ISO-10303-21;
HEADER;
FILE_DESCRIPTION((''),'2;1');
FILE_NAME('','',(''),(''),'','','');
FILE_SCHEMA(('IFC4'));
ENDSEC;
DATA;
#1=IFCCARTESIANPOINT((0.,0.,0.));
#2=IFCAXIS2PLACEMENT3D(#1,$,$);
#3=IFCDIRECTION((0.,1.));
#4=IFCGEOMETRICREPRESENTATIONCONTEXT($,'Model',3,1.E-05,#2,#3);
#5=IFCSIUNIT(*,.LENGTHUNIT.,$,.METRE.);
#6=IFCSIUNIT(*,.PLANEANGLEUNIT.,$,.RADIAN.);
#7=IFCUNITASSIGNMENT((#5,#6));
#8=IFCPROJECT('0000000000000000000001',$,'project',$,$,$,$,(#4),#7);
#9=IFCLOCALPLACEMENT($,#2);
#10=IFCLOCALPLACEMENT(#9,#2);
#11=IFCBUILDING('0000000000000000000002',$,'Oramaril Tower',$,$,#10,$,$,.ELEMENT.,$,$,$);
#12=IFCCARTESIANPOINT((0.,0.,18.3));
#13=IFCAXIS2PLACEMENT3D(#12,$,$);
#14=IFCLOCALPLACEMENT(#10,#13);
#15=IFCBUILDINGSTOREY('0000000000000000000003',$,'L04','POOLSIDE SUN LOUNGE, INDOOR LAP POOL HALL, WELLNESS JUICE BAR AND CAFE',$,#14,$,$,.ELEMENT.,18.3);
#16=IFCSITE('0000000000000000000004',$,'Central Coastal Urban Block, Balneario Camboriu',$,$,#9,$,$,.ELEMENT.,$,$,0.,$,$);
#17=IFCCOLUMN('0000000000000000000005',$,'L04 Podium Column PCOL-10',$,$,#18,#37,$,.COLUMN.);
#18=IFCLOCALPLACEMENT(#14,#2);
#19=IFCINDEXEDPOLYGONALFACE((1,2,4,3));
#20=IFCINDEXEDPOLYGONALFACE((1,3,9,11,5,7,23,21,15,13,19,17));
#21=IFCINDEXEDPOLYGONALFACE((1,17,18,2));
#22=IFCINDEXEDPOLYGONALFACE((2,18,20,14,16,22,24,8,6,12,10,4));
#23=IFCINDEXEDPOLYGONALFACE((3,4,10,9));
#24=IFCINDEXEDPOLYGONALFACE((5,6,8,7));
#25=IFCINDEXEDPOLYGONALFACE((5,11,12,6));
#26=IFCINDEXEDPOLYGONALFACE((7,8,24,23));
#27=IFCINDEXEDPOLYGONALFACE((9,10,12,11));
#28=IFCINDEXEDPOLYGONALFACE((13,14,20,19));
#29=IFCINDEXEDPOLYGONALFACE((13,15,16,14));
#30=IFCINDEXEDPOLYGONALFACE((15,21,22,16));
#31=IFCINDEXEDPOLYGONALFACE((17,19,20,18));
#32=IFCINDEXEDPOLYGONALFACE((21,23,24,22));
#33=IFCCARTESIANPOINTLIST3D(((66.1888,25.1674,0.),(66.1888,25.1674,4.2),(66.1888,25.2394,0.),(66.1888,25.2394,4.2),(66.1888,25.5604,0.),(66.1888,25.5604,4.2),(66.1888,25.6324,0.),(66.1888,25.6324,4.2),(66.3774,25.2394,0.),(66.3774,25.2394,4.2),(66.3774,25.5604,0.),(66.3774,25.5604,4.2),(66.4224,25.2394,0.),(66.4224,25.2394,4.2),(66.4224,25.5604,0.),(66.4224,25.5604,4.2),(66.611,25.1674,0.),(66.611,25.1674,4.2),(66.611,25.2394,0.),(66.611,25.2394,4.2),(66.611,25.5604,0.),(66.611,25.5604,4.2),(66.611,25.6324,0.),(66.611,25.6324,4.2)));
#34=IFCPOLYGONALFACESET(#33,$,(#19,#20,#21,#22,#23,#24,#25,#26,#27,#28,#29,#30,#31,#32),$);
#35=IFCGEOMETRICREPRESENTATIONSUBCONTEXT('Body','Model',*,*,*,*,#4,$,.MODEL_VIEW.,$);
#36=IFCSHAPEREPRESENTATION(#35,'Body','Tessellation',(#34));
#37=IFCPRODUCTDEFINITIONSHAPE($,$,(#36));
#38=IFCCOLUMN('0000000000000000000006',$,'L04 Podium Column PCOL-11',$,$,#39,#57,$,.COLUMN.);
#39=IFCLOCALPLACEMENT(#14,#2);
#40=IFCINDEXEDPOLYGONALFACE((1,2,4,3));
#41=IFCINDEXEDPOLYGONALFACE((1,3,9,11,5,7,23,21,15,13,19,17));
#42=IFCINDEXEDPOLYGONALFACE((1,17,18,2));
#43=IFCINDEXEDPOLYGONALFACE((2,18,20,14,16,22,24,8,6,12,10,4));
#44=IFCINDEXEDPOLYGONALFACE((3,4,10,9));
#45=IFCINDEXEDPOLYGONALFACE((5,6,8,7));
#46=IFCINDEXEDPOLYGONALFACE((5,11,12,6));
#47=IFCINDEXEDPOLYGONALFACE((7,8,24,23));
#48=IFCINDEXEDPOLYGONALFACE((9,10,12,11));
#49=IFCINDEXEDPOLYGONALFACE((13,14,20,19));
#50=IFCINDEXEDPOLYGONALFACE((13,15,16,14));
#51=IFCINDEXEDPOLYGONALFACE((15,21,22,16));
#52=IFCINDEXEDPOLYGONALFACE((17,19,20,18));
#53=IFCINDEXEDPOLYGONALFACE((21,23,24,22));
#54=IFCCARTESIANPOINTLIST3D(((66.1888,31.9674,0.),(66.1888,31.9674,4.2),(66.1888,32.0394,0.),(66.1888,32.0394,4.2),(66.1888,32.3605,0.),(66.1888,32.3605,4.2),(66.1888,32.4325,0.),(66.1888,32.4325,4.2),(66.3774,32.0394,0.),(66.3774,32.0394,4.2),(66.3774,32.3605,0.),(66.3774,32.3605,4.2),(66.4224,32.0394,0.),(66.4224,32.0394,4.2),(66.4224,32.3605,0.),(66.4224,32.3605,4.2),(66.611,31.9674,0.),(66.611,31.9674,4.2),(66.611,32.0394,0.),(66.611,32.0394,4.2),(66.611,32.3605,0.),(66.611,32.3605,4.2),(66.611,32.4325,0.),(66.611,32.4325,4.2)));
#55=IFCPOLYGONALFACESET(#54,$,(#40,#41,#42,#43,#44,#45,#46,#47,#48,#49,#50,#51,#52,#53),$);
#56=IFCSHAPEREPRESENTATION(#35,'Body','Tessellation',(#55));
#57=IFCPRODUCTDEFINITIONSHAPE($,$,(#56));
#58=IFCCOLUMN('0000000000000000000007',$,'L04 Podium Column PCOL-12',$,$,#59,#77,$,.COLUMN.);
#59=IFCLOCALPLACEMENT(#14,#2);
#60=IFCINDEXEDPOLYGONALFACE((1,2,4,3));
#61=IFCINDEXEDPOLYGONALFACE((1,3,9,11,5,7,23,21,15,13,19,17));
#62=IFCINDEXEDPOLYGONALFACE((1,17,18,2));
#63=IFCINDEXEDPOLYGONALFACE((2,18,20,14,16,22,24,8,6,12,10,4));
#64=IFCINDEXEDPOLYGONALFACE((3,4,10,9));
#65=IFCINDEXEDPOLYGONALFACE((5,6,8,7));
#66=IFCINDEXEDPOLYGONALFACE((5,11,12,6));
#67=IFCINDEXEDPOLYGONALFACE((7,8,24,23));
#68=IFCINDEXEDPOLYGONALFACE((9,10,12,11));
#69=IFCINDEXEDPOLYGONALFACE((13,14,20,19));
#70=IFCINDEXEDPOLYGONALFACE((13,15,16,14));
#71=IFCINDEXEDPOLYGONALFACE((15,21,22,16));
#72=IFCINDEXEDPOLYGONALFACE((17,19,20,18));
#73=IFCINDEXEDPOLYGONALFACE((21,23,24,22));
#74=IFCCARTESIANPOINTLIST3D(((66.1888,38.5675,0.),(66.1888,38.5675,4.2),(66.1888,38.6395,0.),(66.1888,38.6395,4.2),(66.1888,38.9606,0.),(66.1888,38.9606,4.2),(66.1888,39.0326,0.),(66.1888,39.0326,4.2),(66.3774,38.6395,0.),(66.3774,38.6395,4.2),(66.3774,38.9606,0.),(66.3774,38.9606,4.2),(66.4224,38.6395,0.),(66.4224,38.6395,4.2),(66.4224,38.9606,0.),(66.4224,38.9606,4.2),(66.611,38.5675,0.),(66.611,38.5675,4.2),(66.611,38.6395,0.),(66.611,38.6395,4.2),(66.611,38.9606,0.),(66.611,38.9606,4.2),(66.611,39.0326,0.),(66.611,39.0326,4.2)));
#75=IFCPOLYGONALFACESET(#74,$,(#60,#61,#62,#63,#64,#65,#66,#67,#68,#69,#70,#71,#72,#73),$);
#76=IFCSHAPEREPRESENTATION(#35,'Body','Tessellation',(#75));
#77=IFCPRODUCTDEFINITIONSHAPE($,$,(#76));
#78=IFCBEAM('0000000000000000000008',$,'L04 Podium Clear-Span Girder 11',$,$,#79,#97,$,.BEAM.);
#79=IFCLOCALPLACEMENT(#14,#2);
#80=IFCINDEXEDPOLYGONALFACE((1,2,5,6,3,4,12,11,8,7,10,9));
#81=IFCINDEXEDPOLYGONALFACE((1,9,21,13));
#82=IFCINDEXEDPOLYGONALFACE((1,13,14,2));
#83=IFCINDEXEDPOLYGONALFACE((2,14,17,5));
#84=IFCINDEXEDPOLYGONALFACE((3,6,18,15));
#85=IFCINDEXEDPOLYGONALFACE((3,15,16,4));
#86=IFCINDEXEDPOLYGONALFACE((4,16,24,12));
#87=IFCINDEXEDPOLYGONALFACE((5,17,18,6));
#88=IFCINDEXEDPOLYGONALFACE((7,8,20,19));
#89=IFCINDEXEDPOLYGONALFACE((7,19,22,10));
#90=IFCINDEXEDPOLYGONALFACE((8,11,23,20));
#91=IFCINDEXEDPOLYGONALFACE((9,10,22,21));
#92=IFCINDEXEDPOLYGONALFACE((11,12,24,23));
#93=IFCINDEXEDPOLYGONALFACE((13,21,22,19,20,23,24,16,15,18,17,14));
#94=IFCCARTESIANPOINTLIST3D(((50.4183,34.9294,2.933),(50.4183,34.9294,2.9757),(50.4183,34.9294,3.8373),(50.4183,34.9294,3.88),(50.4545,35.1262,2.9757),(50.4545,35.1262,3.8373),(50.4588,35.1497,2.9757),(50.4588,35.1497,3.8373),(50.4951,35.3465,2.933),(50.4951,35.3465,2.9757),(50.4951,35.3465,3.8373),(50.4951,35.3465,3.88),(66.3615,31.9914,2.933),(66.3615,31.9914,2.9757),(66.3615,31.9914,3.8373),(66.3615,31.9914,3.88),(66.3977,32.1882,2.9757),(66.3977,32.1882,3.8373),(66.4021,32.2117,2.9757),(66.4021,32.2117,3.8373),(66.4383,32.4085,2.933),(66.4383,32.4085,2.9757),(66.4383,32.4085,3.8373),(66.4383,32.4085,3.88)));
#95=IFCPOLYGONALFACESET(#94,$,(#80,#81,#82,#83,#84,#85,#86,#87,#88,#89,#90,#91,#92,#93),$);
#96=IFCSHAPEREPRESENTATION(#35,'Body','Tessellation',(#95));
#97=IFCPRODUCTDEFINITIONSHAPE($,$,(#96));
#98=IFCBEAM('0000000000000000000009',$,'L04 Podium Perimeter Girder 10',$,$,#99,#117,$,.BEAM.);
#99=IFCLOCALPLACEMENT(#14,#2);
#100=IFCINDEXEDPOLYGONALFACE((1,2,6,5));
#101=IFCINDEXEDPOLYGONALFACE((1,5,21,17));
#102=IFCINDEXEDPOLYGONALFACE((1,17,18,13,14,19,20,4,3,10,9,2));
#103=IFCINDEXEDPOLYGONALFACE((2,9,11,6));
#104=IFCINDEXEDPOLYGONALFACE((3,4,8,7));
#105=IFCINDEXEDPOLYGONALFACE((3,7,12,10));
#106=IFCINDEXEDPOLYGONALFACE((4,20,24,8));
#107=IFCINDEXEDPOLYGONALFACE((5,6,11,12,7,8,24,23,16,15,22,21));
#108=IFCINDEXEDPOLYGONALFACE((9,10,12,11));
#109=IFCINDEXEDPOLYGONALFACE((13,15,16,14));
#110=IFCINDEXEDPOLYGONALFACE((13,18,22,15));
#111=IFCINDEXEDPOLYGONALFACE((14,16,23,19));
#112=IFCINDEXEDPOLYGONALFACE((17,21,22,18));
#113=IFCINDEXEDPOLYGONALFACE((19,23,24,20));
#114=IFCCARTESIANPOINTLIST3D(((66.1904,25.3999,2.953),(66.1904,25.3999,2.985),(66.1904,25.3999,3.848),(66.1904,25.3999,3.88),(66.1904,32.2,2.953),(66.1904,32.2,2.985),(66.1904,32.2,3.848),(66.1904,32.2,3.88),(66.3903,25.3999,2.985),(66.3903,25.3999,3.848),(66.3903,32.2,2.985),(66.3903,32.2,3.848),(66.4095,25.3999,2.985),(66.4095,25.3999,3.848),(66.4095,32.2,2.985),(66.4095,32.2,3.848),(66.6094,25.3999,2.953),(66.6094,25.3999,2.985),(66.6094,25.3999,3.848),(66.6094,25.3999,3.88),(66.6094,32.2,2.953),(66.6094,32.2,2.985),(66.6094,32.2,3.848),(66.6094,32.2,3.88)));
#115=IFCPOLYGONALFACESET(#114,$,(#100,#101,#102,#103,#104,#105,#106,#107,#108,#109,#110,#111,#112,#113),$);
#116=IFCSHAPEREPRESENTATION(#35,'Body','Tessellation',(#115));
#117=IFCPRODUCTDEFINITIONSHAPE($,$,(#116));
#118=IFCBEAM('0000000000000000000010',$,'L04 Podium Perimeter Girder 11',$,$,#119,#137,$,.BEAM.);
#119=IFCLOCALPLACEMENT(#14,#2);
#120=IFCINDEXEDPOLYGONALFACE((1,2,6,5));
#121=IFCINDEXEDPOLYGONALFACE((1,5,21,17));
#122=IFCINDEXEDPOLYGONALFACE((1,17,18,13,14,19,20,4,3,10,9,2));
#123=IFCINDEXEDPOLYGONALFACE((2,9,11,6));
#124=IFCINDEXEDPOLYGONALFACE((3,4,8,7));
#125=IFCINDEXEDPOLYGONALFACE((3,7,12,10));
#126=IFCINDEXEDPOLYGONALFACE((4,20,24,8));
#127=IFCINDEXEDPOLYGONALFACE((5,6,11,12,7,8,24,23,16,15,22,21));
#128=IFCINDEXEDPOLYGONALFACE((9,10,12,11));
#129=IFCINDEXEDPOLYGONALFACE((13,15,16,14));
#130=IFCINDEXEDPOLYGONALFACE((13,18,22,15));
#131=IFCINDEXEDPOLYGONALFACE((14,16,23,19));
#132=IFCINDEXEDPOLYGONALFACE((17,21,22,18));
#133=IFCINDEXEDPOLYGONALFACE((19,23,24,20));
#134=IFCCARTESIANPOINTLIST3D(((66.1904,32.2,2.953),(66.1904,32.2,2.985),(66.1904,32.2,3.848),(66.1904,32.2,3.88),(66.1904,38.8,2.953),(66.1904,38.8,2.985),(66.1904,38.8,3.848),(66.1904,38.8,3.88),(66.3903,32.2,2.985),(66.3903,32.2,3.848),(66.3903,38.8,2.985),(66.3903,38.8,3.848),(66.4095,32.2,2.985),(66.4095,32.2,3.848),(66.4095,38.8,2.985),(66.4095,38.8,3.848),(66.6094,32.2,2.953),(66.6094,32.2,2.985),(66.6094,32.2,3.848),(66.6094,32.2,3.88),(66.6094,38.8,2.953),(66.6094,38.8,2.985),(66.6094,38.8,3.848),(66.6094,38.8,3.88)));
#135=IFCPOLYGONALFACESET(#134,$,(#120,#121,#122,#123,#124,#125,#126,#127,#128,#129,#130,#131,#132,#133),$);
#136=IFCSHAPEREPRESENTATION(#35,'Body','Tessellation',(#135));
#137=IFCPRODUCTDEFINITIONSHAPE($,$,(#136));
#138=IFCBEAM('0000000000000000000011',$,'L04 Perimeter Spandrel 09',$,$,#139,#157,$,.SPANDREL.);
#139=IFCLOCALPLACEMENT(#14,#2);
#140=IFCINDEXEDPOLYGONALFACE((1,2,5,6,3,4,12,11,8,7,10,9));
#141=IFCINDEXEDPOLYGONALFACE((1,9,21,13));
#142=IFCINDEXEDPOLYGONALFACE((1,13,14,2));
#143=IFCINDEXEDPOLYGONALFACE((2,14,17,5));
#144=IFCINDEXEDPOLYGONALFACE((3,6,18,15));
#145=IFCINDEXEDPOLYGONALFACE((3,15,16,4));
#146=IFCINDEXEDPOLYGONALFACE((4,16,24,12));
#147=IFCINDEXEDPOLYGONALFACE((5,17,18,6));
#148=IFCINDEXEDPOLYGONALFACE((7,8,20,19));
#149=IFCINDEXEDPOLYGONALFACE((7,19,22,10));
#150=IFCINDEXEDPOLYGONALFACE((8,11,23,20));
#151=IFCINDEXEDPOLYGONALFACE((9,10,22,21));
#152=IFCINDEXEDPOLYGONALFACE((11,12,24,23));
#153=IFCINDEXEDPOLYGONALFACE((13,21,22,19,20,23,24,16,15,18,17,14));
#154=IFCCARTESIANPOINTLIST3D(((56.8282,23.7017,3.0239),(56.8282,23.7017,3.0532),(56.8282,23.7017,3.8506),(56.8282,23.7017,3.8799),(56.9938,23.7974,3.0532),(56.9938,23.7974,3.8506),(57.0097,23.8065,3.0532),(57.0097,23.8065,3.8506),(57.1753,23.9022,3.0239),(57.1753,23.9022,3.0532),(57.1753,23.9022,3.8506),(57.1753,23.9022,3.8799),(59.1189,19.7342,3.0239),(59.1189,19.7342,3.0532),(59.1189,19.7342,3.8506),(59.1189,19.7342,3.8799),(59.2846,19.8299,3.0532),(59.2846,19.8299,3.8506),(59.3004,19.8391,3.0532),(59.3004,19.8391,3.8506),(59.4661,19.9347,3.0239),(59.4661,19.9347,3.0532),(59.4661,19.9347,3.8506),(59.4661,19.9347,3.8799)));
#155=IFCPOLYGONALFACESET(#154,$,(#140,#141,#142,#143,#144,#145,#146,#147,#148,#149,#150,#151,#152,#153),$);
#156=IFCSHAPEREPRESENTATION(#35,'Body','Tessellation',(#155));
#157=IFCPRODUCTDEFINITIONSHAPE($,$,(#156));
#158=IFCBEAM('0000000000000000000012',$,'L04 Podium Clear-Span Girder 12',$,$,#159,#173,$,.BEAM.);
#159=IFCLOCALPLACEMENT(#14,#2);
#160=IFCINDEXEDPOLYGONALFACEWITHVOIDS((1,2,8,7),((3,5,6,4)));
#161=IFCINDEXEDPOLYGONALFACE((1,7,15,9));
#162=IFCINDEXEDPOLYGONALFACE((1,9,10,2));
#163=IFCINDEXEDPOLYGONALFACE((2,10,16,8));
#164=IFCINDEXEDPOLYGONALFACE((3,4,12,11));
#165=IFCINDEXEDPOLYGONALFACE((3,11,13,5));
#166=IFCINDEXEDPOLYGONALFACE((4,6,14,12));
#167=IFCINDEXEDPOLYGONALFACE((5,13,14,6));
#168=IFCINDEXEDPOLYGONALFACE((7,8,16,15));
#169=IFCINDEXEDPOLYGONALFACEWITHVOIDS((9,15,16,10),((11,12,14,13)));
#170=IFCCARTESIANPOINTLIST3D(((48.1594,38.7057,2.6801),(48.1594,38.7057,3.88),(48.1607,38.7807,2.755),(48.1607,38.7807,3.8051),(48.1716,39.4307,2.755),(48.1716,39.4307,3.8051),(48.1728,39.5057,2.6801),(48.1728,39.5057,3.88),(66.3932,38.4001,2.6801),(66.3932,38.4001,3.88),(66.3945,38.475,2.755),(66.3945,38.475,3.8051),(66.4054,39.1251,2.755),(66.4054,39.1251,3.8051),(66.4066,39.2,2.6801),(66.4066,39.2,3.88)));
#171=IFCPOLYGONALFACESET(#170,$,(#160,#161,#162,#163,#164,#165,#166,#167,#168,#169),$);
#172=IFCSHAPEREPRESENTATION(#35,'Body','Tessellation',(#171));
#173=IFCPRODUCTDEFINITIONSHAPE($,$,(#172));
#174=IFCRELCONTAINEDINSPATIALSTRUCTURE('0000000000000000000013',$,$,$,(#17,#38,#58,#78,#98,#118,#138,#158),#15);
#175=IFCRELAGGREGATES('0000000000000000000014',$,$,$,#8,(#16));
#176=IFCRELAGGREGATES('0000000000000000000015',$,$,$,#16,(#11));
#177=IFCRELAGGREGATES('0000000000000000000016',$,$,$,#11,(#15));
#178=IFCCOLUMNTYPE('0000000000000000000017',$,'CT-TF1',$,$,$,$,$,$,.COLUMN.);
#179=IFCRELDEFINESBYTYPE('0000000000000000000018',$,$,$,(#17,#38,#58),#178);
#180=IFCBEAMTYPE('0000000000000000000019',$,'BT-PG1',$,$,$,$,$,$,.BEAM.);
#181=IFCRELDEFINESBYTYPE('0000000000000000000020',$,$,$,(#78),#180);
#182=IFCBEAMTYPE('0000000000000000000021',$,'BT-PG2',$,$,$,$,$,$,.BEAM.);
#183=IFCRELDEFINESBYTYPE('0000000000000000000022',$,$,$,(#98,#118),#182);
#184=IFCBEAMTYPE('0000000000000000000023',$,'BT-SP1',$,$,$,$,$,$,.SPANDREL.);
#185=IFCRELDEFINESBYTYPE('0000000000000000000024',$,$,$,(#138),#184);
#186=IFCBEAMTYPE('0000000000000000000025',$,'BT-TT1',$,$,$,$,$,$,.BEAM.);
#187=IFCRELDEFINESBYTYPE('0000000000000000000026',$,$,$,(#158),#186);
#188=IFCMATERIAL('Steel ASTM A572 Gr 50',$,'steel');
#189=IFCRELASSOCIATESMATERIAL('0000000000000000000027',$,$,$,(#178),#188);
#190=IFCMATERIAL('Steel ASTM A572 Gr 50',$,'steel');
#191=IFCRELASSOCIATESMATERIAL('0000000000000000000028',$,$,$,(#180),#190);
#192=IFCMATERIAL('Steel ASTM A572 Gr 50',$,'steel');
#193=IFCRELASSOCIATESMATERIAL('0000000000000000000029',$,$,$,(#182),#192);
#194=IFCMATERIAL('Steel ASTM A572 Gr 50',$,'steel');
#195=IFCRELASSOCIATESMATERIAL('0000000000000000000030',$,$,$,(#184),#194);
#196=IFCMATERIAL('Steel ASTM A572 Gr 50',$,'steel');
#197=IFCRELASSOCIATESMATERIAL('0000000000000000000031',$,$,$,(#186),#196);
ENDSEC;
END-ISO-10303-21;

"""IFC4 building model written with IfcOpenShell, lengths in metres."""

from ifc_helpers import new_model, si_unit, direction, frame, origin, origin_2d, place, context, subcontext, project, spatial, hollow_rectangle, i_section, extrude, material, material_profile, profile_set, type_object, element, save


model = new_model("IFC4")

# Units and contexts
model_context = context("Model", 3, precision=1e-05, world=origin(), true_north=direction((0.0, 1.0)))
body_context = subcontext(model_context, "Body", "Model", "MODEL_VIEW")
ifc_project = project(units=[si_unit("LENGTHUNIT", "METRE"), si_unit("PLANEANGLEUNIT", "RADIAN")], contexts=[model_context])

# Site, building, storey
site_placement = place(None, origin())
site = spatial("IfcSite", under=ifc_project, at=site_placement, Name="Central Coastal Urban Block, Balneario Camboriu", CompositionType="ELEMENT", RefElevation=0.0)
building_placement = place(site_placement, origin())
building = spatial("IfcBuilding", under=site, at=building_placement, Name="Oramaril Tower", CompositionType="ELEMENT")
storey_placement = place(building_placement, frame((0.0, 0.0, 18.3)))
storey = spatial("IfcBuildingStorey", under=building, at=storey_placement, Name="L04", Description="POOLSIDE SUN LOUNGE, INDOOR LAP POOL HALL, WELLNESS JUICE BAR AND CAFE", CompositionType="ELEMENT", Elevation=18.3)

# Columns
ifc_material_1 = material(Name="Steel ASTM A572 Gr 50", Category="steel")
ifc_material_profile_1 = material_profile(ifc_material_1, i_section(OverallWidth=0.4221, OverallDepth=0.4651, WebThickness=0.0449, FlangeThickness=0.072, at=origin_2d()), Name="W14X398")
ifc_profile_set_1 = profile_set([ifc_material_profile_1], Name="Steel ASTM A572 Gr 50")
column_type = type_object("IfcColumnType", Name="CT-TF1", PredefinedType="COLUMN", material=ifc_profile_set_1)
for number, where, z_axis, x_axis, name in (
    (1, (66.3999, 25.3999, 0.0), (0.0, 0.0, 1.0), (1.0, 0.0, 0.0), "L04 Podium Column PCOL-10"),
    (2, (66.3999, 32.2, 0.0), (0.0, 0.0, 1.0), (1.0, 0.0, 0.0), "L04 Podium Column PCOL-11"),
    (3, (66.3999, 38.8, 0.0), (0.0, 0.0, 1.0), (1.0, 0.0, 0.0), "L04 Podium Column PCOL-12"),
):
    element("IfcColumn", number, at=place(storey_placement, frame(where, z_axis=z_axis, x_axis=x_axis)), inside=storey, type_object=column_type, Name=name, PredefinedType="COLUMN", context=body_context, shape_type="SweptSolid", body=[
        extrude(i_section(OverallWidth=0.4221, OverallDepth=0.4651, WebThickness=0.0449, FlangeThickness=0.072, at=origin_2d()), origin(), (0.0, 0.0, 1.0), 4.2),
    ])

# Beams
ifc_material_2 = material(Name="Steel ASTM A572 Gr 50", Category="steel")
ifc_material_profile_2 = material_profile(ifc_material_2, i_section(OverallWidth=0.4241, OverallDepth=0.947, WebThickness=0.0239, FlangeThickness=0.0427, at=origin_2d()), Name="W36X302")
ifc_profile_set_2 = profile_set([ifc_material_profile_2], Name="Steel ASTM A572 Gr 50")
beam_type_1 = type_object("IfcBeamType", Name="BT-PG1", PredefinedType="BEAM", material=ifc_profile_set_2)
beam_1_placement = place(storey_placement, frame((66.3999, 32.2, 3.4065), z_axis=(-0.983441, 0.181228, 0.0), x_axis=(-0.181228, -0.983441, 0.0)))
element("IfcBeam", 4, at=beam_1_placement, inside=storey, type_object=beam_type_1, Name="L04 Podium Clear-Span Girder 11", PredefinedType="BEAM", context=body_context, shape_type="SweptSolid", body=[
    extrude(i_section(OverallWidth=0.4241, OverallDepth=0.947, WebThickness=0.0239, FlangeThickness=0.0427, at=origin_2d()), origin(), (0.0, 0.0, 1.0), 16.2117),
])
ifc_material_3 = material(Name="Steel ASTM A572 Gr 50", Category="steel")
ifc_material_profile_3 = material_profile(ifc_material_3, i_section(OverallWidth=0.4189, OverallDepth=0.927, WebThickness=0.0193, FlangeThickness=0.032, at=origin_2d()), Name="W36X231")
ifc_profile_set_3 = profile_set([ifc_material_profile_3], Name="Steel ASTM A572 Gr 50")
beam_type_2 = type_object("IfcBeamType", Name="BT-PG2", PredefinedType="BEAM", material=ifc_profile_set_3)
beam_2_placement = place(storey_placement, frame((66.3999, 25.3999, 3.4165), z_axis=(0.0, 1.0, 0.0), x_axis=(-1.0, 0.0, 0.0)))
element("IfcBeam", 5, at=beam_2_placement, inside=storey, type_object=beam_type_2, Name="L04 Podium Perimeter Girder 10", PredefinedType="BEAM", context=body_context, shape_type="SweptSolid", body=[
    extrude(i_section(OverallWidth=0.4189, OverallDepth=0.927, WebThickness=0.0193, FlangeThickness=0.032, at=origin_2d()), origin(), (0.0, 0.0, 1.0), 6.8),
])
beam_3_placement = place(storey_placement, frame((66.3999, 32.2, 3.4165), z_axis=(0.0, 1.0, 0.0), x_axis=(-1.0, 0.0, 0.0)))
element("IfcBeam", 6, at=beam_3_placement, inside=storey, type_object=beam_type_2, Name="L04 Podium Perimeter Girder 11", PredefinedType="BEAM", context=body_context, shape_type="SweptSolid", body=[
    extrude(i_section(OverallWidth=0.4189, OverallDepth=0.927, WebThickness=0.0193, FlangeThickness=0.032, at=origin_2d()), origin(), (0.0, 0.0, 1.0), 6.6001),
])
ifc_material_4 = material(Name="Steel ASTM A572 Gr 50", Category="steel")
ifc_material_profile_4 = material_profile(ifc_material_4, i_section(OverallWidth=0.4009, OverallDepth=0.856, WebThickness=0.0183, FlangeThickness=0.0293, at=origin_2d()), Name="W33X201")
ifc_profile_set_4 = profile_set([ifc_material_profile_4], Name="Steel ASTM A572 Gr 50")
beam_type_3 = type_object("IfcBeamType", Name="BT-SP1", PredefinedType="SPANDREL", material=ifc_profile_set_4)
beam_4_placement = place(storey_placement, frame((59.2925, 19.8345, 3.4519), z_axis=(-0.500019, 0.866014, 0.0), x_axis=(-0.866014, -0.500019, 0.0)))
element("IfcBeam", 7, at=beam_4_placement, inside=storey, type_object=beam_type_3, Name="L04 Perimeter Spandrel 09", PredefinedType="SPANDREL", context=body_context, shape_type="SweptSolid", body=[
    extrude(i_section(OverallWidth=0.4009, OverallDepth=0.856, WebThickness=0.0183, FlangeThickness=0.0293, at=origin_2d()), origin(), (0.0, 0.0, 1.0), 4.5813),
])
ifc_material_5 = material(Name="Steel ASTM A572 Gr 50", Category="steel")
ifc_material_profile_5 = material_profile(ifc_material_5, hollow_rectangle(XDim=0.8, YDim=1.2, WallThickness=0.075, at=origin_2d()), Name="BOX1200X800X75")
ifc_profile_set_5 = profile_set([ifc_material_profile_5], Name="Steel ASTM A572 Gr 50")
beam_type_4 = type_object("IfcBeamType", Name="BT-TT1", PredefinedType="BEAM", material=ifc_profile_set_5)
beam_5_placement = place(storey_placement, frame((66.3999, 38.8, 3.28), z_axis=(-0.99986, 0.016761, 0.0), x_axis=(-0.016761, -0.99986, 0.0)))
element("IfcBeam", 8, at=beam_5_placement, inside=storey, type_object=beam_type_4, Name="L04 Podium Clear-Span Girder 12", PredefinedType="BEAM", context=body_context, shape_type="SweptSolid", body=[
    extrude(hollow_rectangle(XDim=0.8, YDim=1.2, WallThickness=0.075, at=origin_2d()), origin(), (0.0, 0.0, 1.0), 18.2363),
])

save(model, "model.ifc")
